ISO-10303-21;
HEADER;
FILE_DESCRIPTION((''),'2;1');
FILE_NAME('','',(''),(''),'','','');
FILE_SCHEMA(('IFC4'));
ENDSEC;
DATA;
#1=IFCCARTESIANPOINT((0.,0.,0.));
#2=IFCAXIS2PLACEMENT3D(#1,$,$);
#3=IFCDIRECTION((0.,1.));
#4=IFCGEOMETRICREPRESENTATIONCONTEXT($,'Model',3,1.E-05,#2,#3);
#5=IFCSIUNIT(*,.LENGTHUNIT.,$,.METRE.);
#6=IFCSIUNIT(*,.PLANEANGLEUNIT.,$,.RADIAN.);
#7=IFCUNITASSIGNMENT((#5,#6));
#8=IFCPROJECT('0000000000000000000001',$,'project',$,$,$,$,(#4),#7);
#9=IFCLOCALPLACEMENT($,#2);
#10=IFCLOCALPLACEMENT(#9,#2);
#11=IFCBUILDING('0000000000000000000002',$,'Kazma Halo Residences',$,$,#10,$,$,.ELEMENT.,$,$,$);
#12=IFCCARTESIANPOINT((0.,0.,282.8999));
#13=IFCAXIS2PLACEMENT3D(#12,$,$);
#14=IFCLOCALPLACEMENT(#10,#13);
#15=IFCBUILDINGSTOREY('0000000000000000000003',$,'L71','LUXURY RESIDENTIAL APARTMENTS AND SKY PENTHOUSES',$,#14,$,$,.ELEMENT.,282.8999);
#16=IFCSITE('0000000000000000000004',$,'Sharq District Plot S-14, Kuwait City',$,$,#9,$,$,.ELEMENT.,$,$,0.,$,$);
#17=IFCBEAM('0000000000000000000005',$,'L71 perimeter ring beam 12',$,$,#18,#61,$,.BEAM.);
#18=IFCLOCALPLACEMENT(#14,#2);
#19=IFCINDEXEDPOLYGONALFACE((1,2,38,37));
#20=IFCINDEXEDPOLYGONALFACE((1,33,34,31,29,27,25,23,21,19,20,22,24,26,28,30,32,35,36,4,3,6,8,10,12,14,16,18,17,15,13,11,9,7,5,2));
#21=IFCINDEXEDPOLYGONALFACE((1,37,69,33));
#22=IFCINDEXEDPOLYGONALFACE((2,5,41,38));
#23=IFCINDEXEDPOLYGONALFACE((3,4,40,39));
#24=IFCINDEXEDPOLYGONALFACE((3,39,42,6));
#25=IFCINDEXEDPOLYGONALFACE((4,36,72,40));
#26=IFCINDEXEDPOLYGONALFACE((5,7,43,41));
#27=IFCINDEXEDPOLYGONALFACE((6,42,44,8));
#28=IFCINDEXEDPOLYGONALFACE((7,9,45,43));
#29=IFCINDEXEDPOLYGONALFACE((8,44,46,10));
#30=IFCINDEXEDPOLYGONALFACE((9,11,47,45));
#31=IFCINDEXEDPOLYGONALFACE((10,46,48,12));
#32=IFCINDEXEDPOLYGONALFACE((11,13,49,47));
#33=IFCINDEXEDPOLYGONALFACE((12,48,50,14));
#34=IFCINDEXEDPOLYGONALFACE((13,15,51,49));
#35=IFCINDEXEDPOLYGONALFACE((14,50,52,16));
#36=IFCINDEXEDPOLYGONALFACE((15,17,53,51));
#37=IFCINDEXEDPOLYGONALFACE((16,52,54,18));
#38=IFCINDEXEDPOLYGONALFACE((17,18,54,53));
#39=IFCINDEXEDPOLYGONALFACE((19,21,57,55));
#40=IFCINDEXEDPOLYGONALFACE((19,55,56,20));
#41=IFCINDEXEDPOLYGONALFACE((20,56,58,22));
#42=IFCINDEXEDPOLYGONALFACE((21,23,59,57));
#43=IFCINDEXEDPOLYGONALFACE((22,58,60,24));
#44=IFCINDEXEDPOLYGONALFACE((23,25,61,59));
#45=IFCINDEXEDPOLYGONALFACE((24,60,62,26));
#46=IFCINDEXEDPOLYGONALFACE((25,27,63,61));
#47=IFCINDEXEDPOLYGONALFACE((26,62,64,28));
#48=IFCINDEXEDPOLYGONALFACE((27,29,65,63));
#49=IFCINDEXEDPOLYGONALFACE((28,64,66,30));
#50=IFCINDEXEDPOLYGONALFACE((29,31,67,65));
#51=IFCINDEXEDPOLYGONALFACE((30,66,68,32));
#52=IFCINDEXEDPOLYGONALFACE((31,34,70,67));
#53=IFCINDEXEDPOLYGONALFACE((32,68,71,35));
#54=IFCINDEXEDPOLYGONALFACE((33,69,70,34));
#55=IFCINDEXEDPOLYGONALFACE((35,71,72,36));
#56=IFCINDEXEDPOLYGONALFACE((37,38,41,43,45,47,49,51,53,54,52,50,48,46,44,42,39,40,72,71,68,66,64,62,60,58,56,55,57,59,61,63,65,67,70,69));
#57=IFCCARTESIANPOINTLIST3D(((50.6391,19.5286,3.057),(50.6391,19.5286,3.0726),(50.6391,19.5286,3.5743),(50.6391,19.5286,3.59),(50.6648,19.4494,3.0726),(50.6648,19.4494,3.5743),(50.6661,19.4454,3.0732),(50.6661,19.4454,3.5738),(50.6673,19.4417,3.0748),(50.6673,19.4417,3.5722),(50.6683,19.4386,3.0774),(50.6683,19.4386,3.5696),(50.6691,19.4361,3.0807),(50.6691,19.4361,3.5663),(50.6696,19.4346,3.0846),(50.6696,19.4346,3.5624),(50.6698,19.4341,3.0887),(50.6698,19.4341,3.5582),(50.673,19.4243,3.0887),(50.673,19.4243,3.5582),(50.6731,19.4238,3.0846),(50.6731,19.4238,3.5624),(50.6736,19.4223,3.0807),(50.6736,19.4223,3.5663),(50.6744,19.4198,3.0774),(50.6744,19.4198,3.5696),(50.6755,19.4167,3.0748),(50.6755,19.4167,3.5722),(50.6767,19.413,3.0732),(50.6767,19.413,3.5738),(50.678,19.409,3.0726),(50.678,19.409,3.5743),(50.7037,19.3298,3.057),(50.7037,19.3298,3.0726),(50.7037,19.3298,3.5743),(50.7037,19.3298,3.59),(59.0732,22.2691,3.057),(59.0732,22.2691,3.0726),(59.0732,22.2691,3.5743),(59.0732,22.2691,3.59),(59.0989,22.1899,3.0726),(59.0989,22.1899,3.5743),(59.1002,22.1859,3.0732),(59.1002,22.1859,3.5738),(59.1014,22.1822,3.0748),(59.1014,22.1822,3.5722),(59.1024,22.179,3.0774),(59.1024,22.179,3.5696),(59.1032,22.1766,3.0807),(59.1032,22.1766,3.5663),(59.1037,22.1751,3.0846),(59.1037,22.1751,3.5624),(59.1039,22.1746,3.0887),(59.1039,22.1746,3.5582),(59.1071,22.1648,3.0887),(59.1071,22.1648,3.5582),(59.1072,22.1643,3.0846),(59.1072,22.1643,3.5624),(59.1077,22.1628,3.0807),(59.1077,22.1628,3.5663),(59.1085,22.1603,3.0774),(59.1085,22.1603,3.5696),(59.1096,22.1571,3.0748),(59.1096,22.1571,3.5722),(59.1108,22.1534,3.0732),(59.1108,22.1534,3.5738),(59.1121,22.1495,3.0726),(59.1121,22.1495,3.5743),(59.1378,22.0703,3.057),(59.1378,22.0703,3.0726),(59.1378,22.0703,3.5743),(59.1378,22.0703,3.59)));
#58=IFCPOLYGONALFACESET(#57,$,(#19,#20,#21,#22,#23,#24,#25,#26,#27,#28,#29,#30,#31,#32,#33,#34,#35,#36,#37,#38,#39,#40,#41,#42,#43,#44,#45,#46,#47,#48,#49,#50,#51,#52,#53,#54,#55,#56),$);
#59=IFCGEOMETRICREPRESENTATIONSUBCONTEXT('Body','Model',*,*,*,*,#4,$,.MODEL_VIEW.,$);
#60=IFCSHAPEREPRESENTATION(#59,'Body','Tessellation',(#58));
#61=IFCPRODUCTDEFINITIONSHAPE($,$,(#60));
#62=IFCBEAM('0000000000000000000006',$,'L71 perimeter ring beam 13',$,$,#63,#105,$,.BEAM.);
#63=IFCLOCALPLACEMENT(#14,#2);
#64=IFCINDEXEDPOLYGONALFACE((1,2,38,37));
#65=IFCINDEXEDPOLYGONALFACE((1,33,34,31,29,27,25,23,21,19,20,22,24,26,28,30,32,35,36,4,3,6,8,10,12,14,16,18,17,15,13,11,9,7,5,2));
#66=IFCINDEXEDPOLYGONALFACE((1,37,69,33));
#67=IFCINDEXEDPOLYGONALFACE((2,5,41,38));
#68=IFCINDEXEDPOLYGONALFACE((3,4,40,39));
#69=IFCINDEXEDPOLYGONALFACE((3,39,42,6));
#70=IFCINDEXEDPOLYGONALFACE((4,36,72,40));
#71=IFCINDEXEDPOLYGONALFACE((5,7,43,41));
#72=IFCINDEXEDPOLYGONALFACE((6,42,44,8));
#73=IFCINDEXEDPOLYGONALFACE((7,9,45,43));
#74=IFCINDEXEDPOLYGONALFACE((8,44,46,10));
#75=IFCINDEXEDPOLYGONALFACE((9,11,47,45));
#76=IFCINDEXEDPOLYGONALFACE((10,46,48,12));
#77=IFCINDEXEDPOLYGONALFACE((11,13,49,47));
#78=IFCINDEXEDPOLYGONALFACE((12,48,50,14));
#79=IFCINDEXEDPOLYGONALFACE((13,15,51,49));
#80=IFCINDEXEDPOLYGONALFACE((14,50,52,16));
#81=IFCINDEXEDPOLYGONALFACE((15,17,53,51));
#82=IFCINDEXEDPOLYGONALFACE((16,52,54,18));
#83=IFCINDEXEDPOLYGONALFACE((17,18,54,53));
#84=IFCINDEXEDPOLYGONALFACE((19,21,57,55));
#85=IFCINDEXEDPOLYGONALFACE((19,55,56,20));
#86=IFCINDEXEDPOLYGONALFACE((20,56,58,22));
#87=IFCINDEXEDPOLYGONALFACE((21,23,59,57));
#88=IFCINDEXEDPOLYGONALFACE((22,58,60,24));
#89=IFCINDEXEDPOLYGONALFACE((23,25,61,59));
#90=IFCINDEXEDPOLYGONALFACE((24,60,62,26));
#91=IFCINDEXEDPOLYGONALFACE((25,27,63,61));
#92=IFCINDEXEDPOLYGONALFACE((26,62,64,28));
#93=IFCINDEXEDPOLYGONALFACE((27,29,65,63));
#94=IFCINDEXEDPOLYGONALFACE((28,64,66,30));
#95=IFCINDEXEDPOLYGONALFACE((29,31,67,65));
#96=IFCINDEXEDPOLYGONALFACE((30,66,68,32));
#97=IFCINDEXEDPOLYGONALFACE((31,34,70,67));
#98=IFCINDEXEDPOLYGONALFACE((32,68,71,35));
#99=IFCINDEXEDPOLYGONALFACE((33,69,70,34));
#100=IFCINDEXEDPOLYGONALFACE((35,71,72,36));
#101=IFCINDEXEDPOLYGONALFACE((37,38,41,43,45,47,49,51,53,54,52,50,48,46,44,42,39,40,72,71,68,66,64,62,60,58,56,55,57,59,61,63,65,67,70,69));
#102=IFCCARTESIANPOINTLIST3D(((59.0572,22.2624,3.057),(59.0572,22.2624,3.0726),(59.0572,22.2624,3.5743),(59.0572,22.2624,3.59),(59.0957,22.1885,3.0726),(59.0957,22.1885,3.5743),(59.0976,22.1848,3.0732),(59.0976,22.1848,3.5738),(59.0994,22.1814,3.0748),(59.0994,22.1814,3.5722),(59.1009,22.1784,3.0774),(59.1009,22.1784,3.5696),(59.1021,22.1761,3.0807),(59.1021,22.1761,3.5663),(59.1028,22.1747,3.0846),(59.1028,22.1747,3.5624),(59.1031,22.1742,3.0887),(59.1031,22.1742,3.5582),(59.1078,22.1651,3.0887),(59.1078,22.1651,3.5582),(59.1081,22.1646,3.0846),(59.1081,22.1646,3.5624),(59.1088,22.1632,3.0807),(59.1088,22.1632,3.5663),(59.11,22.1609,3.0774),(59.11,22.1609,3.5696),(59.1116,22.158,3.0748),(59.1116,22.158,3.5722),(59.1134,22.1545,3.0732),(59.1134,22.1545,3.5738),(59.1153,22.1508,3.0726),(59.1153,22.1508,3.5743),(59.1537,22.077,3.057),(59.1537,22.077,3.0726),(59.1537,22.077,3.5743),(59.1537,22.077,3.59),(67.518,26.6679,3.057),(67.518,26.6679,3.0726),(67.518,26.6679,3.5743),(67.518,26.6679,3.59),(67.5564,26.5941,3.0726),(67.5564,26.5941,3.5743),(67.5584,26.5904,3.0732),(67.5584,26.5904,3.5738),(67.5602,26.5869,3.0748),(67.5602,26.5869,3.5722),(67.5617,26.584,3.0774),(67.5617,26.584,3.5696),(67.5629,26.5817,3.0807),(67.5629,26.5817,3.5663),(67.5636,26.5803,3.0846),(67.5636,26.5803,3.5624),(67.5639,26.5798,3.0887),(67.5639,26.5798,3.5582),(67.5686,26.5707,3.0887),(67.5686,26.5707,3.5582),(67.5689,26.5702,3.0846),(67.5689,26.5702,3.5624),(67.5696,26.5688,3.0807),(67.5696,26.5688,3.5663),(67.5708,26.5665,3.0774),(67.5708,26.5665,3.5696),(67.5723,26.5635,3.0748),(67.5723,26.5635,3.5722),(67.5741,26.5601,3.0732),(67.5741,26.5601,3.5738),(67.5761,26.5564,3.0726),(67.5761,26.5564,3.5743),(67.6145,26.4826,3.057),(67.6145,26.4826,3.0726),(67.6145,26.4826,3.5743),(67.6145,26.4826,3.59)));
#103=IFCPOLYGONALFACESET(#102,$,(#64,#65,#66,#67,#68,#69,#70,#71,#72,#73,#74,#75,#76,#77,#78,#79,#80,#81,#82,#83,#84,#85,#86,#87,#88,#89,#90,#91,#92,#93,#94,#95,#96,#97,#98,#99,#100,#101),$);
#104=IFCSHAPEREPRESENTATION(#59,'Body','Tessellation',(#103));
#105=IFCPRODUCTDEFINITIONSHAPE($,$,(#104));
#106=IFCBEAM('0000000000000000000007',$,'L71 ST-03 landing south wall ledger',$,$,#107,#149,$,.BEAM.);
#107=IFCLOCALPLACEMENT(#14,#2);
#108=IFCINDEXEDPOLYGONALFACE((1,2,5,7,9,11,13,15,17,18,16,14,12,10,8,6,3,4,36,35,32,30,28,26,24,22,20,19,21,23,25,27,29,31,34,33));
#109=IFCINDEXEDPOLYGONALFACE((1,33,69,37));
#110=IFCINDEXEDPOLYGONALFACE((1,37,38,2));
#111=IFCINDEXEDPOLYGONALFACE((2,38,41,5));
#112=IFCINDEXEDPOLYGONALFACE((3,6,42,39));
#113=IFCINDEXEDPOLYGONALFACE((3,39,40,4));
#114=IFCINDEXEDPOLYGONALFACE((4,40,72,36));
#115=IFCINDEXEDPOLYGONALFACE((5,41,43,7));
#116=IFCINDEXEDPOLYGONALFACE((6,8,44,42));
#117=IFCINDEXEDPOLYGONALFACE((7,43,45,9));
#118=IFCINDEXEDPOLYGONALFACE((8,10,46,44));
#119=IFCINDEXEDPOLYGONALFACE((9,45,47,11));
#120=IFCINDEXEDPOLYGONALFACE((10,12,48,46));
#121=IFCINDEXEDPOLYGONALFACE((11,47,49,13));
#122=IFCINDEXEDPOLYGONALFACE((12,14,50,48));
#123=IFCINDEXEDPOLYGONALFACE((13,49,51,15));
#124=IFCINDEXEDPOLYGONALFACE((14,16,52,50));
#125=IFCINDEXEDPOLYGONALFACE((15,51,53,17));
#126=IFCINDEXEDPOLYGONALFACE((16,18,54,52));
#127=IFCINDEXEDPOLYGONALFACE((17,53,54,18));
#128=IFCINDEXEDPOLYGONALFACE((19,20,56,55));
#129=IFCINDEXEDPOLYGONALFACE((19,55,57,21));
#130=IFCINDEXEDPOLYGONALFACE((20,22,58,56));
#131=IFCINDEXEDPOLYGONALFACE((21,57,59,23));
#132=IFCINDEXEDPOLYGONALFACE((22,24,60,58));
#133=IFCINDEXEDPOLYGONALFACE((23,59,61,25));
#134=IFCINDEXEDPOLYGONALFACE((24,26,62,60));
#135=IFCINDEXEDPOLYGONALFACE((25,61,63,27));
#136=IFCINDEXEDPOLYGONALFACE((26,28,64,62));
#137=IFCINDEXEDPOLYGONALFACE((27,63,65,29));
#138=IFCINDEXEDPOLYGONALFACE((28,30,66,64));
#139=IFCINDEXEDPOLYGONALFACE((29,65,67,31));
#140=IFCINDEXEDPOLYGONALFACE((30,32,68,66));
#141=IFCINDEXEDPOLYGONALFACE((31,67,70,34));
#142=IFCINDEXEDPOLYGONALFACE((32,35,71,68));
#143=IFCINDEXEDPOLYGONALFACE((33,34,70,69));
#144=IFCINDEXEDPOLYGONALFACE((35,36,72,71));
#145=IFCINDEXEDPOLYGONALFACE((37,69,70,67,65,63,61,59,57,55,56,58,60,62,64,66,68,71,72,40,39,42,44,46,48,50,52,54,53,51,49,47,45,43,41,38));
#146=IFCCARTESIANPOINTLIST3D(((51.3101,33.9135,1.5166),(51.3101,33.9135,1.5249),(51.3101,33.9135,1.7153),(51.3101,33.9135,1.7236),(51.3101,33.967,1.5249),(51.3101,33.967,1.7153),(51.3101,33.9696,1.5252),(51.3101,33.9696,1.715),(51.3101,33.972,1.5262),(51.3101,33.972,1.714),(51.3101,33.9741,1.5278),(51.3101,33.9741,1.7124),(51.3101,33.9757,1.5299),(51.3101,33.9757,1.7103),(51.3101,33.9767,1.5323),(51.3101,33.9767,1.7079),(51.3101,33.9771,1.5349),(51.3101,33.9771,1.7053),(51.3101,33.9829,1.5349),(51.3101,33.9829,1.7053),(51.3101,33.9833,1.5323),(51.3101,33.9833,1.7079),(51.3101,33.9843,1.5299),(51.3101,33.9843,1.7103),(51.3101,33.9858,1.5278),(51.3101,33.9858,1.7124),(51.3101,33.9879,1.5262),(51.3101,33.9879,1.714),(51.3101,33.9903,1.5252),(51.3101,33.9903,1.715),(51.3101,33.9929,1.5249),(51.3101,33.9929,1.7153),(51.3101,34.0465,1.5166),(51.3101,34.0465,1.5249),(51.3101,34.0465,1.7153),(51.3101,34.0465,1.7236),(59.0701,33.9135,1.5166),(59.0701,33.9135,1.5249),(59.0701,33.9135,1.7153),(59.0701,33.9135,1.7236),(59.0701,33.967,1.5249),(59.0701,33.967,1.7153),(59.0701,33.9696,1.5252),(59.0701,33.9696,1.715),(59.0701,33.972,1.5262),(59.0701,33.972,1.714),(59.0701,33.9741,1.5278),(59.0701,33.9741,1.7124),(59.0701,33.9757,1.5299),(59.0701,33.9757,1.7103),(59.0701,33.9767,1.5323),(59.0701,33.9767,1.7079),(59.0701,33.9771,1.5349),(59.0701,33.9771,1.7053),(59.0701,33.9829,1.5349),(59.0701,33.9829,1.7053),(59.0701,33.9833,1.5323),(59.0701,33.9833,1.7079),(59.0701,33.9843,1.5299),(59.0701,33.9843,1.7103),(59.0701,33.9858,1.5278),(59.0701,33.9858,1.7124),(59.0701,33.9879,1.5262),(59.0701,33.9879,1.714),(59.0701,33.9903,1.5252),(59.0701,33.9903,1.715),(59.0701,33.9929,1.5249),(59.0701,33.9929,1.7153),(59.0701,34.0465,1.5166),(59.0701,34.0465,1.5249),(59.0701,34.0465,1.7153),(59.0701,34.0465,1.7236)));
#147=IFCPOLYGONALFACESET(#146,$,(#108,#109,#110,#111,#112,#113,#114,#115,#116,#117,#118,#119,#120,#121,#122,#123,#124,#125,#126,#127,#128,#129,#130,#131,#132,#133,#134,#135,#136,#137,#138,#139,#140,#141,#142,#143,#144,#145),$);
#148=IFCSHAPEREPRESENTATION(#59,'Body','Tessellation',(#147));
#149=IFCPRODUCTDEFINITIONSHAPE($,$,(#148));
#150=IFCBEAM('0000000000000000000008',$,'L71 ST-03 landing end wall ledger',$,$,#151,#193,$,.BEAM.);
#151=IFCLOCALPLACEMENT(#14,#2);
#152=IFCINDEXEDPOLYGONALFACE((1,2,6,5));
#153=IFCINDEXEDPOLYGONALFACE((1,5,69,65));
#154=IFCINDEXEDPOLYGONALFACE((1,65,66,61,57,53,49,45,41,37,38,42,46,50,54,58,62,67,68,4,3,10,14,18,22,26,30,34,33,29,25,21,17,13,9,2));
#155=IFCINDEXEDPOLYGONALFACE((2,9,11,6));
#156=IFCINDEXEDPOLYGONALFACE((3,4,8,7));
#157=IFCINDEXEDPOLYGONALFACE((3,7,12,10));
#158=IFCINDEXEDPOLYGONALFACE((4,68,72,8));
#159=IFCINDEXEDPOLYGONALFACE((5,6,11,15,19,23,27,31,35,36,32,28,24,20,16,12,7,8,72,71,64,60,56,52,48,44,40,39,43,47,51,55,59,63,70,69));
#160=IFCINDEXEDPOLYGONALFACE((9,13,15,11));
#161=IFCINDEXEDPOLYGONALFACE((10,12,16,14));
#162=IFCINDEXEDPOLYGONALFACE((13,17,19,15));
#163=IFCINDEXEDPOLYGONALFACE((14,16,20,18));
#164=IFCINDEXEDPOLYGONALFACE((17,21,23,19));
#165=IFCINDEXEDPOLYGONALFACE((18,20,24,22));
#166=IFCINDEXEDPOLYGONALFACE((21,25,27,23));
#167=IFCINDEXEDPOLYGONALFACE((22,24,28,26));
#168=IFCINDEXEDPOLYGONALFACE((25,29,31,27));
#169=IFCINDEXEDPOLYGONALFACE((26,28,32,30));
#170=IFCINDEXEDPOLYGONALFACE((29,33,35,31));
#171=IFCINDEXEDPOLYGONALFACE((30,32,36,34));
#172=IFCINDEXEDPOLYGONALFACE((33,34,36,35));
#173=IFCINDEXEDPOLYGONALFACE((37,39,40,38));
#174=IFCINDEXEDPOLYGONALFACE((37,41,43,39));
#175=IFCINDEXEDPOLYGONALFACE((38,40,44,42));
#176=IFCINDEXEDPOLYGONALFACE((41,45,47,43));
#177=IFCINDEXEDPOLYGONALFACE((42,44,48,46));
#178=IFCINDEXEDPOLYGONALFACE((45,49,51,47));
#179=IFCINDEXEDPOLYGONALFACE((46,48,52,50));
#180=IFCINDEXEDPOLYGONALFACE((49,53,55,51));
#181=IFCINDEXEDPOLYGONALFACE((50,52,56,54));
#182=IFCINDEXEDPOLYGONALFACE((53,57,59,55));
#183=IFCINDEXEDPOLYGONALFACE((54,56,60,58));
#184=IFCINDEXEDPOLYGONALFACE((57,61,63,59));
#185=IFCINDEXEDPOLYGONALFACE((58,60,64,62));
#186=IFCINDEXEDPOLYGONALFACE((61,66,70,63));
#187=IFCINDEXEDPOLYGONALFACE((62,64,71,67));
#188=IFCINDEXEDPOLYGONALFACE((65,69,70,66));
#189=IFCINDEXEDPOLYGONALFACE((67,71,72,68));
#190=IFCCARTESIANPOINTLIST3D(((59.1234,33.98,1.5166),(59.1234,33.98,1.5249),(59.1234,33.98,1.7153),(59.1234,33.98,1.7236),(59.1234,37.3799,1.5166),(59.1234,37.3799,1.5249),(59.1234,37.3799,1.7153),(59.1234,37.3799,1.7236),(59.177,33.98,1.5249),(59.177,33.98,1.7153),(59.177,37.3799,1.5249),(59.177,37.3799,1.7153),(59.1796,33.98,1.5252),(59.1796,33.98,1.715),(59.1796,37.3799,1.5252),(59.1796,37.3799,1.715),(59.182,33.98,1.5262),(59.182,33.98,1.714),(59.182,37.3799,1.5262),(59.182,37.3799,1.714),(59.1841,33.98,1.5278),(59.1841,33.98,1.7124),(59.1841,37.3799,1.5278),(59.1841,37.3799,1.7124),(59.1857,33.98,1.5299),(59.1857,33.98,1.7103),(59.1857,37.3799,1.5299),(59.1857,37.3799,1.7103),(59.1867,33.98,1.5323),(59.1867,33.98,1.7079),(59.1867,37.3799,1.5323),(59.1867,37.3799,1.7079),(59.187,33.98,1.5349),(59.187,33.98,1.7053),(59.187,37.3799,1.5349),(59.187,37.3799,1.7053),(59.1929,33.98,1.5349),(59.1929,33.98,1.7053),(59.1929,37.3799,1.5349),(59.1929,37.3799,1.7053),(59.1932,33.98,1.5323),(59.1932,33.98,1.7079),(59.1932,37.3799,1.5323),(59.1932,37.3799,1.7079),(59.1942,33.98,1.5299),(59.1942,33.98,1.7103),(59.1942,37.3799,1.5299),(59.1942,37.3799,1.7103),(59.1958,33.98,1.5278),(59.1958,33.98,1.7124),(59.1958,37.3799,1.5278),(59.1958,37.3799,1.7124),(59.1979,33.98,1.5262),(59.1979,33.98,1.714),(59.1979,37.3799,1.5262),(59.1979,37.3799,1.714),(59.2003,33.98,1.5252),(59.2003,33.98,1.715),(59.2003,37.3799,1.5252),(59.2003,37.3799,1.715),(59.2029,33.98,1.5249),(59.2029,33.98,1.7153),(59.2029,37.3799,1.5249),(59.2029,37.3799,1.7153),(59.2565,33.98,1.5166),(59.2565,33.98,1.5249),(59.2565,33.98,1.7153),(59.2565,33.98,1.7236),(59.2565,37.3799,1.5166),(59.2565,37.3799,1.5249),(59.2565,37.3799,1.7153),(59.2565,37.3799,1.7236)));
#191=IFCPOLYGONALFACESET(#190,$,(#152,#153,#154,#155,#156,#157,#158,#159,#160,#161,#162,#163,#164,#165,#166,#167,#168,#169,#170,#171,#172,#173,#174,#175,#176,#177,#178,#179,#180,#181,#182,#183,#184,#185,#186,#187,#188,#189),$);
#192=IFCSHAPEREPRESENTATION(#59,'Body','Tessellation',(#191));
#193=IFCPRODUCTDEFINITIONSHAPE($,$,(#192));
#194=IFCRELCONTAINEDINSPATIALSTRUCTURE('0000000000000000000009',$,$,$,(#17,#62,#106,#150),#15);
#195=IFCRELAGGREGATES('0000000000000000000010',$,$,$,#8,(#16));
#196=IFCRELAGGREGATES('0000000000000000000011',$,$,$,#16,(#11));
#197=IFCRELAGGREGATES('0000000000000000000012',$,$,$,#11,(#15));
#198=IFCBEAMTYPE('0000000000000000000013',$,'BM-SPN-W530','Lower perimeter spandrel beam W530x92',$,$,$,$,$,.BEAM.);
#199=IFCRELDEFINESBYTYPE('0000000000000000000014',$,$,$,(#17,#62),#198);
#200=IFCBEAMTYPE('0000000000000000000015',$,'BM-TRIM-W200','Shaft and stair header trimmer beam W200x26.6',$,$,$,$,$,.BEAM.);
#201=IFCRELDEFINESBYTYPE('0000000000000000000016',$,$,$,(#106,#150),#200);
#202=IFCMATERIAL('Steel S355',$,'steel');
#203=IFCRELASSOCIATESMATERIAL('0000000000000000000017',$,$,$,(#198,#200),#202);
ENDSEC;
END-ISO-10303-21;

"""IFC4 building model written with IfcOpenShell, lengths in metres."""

from ifc_helpers import new_model, si_unit, direction, frame, origin, origin_2d, place, context, subcontext, project, spatial, i_section, extrude, material, material_profile, profile_set, type_object, element, save


model = new_model("IFC4")

# Units and contexts
model_context = context("Model", 3, precision=1e-05, world=origin(), true_north=direction((0.0, 1.0)))
body_context = subcontext(model_context, "Body", "Model", "MODEL_VIEW")
ifc_project = project(units=[si_unit("LENGTHUNIT", "METRE"), si_unit("PLANEANGLEUNIT", "RADIAN")], contexts=[model_context])

# Site, building, storey
site_placement = place(None, origin())
site = spatial("IfcSite", under=ifc_project, at=site_placement, Name="Sharq District Plot S-14, Kuwait City", CompositionType="ELEMENT", RefElevation=0.0)
building_placement = place(site_placement, origin())
building = spatial("IfcBuilding", under=site, at=building_placement, Name="Kazma Halo Residences", CompositionType="ELEMENT")
storey_placement = place(building_placement, frame((0.0, 0.0, 282.8999)))
storey = spatial("IfcBuildingStorey", under=building, at=storey_placement, Name="L71", Description="LUXURY RESIDENTIAL APARTMENTS AND SKY PENTHOUSES", CompositionType="ELEMENT", Elevation=282.8999)

# Beams
ifc_material_1 = material(Name="Steel S355", Category="steel")
ifc_material_profile_1 = material_profile(ifc_material_1, i_section(OverallWidth=0.209, OverallDepth=0.533, WebThickness=0.0103, FlangeThickness=0.0156, FilletRadius=0.0161, at=origin_2d()), Name="W530x92")
ifc_profile_set_1 = profile_set([ifc_material_profile_1], Name="Steel S355")
beam_type_1 = type_object("IfcBeamType", Name="BM-SPN-W530", Description="Lower perimeter spandrel beam W530x92", PredefinedType="BEAM", material=ifc_profile_set_1)
beam_1_placement = place(storey_placement, frame((50.6714, 19.4292, 3.3235), z_axis=(0.951054, 0.309025, 0.0), x_axis=(-0.309025, 0.951054, 0.0)))
element("IfcBeam", 1, at=beam_1_placement, inside=storey, type_object=beam_type_1, Name="L71 perimeter ring beam 12", PredefinedType="BEAM", context=body_context, shape_type="SweptSolid", body=[
    extrude(i_section(OverallWidth=0.209, OverallDepth=0.533, WebThickness=0.0103, FlangeThickness=0.0156, FilletRadius=0.0161, at=origin_2d()), origin(), (0.0, 0.0, 1.0), 8.8682),
])
beam_2_placement = place(storey_placement, frame((59.1055, 22.1697, 3.3235), z_axis=(0.886961, 0.461844, 0.0), x_axis=(-0.461844, 0.886961, 0.0)))
element("IfcBeam", 2, at=beam_2_placement, inside=storey, type_object=beam_type_1, Name="L71 perimeter ring beam 13", PredefinedType="BEAM", context=body_context, shape_type="SweptSolid", body=[
    extrude(i_section(OverallWidth=0.209, OverallDepth=0.533, WebThickness=0.0103, FlangeThickness=0.0156, FilletRadius=0.0161, at=origin_2d()), origin(), (0.0, 0.0, 1.0), 9.5391),
])
ifc_material_profile_2 = material_profile(ifc_material_1, i_section(OverallWidth=0.1331, OverallDepth=0.207, WebThickness=0.0059, FlangeThickness=0.0083, FilletRadius=0.01, at=origin_2d()), Name="W200x26.6")
ifc_profile_set_2 = profile_set([ifc_material_profile_2], Name="Steel S355")
beam_type_2 = type_object("IfcBeamType", Name="BM-TRIM-W200", Description="Shaft and stair header trimmer beam W200x26.6", PredefinedType="BEAM", material=ifc_profile_set_2)
beam_3_placement = place(storey_placement, frame((51.3101, 33.98, 1.6201), z_axis=(1.0, 0.0, 0.0), x_axis=(0.0, 1.0, 0.0)))
element("IfcBeam", 3, at=beam_3_placement, inside=storey, type_object=beam_type_2, Name="L71 ST-03 landing south wall ledger", PredefinedType="BEAM", context=body_context, shape_type="SweptSolid", body=[
    extrude(i_section(OverallWidth=0.1331, OverallDepth=0.207, WebThickness=0.0059, FlangeThickness=0.0083, FilletRadius=0.01, at=origin_2d()), origin(), (0.0, 0.0, 1.0), 7.76),
])
beam_4_placement = place(storey_placement, frame((59.1899, 33.98, 1.6201), z_axis=(0.0, 1.0, 0.0), x_axis=(-1.0, 0.0, 0.0)))
element("IfcBeam", 4, at=beam_4_placement, inside=storey, type_object=beam_type_2, Name="L71 ST-03 landing end wall ledger", PredefinedType="BEAM", context=body_context, shape_type="SweptSolid", body=[
    extrude(i_section(OverallWidth=0.1331, OverallDepth=0.207, WebThickness=0.0059, FlangeThickness=0.0083, FilletRadius=0.01, at=origin_2d()), origin(), (0.0, 0.0, 1.0), 3.3999),
])

save(model, "model.ifc")
